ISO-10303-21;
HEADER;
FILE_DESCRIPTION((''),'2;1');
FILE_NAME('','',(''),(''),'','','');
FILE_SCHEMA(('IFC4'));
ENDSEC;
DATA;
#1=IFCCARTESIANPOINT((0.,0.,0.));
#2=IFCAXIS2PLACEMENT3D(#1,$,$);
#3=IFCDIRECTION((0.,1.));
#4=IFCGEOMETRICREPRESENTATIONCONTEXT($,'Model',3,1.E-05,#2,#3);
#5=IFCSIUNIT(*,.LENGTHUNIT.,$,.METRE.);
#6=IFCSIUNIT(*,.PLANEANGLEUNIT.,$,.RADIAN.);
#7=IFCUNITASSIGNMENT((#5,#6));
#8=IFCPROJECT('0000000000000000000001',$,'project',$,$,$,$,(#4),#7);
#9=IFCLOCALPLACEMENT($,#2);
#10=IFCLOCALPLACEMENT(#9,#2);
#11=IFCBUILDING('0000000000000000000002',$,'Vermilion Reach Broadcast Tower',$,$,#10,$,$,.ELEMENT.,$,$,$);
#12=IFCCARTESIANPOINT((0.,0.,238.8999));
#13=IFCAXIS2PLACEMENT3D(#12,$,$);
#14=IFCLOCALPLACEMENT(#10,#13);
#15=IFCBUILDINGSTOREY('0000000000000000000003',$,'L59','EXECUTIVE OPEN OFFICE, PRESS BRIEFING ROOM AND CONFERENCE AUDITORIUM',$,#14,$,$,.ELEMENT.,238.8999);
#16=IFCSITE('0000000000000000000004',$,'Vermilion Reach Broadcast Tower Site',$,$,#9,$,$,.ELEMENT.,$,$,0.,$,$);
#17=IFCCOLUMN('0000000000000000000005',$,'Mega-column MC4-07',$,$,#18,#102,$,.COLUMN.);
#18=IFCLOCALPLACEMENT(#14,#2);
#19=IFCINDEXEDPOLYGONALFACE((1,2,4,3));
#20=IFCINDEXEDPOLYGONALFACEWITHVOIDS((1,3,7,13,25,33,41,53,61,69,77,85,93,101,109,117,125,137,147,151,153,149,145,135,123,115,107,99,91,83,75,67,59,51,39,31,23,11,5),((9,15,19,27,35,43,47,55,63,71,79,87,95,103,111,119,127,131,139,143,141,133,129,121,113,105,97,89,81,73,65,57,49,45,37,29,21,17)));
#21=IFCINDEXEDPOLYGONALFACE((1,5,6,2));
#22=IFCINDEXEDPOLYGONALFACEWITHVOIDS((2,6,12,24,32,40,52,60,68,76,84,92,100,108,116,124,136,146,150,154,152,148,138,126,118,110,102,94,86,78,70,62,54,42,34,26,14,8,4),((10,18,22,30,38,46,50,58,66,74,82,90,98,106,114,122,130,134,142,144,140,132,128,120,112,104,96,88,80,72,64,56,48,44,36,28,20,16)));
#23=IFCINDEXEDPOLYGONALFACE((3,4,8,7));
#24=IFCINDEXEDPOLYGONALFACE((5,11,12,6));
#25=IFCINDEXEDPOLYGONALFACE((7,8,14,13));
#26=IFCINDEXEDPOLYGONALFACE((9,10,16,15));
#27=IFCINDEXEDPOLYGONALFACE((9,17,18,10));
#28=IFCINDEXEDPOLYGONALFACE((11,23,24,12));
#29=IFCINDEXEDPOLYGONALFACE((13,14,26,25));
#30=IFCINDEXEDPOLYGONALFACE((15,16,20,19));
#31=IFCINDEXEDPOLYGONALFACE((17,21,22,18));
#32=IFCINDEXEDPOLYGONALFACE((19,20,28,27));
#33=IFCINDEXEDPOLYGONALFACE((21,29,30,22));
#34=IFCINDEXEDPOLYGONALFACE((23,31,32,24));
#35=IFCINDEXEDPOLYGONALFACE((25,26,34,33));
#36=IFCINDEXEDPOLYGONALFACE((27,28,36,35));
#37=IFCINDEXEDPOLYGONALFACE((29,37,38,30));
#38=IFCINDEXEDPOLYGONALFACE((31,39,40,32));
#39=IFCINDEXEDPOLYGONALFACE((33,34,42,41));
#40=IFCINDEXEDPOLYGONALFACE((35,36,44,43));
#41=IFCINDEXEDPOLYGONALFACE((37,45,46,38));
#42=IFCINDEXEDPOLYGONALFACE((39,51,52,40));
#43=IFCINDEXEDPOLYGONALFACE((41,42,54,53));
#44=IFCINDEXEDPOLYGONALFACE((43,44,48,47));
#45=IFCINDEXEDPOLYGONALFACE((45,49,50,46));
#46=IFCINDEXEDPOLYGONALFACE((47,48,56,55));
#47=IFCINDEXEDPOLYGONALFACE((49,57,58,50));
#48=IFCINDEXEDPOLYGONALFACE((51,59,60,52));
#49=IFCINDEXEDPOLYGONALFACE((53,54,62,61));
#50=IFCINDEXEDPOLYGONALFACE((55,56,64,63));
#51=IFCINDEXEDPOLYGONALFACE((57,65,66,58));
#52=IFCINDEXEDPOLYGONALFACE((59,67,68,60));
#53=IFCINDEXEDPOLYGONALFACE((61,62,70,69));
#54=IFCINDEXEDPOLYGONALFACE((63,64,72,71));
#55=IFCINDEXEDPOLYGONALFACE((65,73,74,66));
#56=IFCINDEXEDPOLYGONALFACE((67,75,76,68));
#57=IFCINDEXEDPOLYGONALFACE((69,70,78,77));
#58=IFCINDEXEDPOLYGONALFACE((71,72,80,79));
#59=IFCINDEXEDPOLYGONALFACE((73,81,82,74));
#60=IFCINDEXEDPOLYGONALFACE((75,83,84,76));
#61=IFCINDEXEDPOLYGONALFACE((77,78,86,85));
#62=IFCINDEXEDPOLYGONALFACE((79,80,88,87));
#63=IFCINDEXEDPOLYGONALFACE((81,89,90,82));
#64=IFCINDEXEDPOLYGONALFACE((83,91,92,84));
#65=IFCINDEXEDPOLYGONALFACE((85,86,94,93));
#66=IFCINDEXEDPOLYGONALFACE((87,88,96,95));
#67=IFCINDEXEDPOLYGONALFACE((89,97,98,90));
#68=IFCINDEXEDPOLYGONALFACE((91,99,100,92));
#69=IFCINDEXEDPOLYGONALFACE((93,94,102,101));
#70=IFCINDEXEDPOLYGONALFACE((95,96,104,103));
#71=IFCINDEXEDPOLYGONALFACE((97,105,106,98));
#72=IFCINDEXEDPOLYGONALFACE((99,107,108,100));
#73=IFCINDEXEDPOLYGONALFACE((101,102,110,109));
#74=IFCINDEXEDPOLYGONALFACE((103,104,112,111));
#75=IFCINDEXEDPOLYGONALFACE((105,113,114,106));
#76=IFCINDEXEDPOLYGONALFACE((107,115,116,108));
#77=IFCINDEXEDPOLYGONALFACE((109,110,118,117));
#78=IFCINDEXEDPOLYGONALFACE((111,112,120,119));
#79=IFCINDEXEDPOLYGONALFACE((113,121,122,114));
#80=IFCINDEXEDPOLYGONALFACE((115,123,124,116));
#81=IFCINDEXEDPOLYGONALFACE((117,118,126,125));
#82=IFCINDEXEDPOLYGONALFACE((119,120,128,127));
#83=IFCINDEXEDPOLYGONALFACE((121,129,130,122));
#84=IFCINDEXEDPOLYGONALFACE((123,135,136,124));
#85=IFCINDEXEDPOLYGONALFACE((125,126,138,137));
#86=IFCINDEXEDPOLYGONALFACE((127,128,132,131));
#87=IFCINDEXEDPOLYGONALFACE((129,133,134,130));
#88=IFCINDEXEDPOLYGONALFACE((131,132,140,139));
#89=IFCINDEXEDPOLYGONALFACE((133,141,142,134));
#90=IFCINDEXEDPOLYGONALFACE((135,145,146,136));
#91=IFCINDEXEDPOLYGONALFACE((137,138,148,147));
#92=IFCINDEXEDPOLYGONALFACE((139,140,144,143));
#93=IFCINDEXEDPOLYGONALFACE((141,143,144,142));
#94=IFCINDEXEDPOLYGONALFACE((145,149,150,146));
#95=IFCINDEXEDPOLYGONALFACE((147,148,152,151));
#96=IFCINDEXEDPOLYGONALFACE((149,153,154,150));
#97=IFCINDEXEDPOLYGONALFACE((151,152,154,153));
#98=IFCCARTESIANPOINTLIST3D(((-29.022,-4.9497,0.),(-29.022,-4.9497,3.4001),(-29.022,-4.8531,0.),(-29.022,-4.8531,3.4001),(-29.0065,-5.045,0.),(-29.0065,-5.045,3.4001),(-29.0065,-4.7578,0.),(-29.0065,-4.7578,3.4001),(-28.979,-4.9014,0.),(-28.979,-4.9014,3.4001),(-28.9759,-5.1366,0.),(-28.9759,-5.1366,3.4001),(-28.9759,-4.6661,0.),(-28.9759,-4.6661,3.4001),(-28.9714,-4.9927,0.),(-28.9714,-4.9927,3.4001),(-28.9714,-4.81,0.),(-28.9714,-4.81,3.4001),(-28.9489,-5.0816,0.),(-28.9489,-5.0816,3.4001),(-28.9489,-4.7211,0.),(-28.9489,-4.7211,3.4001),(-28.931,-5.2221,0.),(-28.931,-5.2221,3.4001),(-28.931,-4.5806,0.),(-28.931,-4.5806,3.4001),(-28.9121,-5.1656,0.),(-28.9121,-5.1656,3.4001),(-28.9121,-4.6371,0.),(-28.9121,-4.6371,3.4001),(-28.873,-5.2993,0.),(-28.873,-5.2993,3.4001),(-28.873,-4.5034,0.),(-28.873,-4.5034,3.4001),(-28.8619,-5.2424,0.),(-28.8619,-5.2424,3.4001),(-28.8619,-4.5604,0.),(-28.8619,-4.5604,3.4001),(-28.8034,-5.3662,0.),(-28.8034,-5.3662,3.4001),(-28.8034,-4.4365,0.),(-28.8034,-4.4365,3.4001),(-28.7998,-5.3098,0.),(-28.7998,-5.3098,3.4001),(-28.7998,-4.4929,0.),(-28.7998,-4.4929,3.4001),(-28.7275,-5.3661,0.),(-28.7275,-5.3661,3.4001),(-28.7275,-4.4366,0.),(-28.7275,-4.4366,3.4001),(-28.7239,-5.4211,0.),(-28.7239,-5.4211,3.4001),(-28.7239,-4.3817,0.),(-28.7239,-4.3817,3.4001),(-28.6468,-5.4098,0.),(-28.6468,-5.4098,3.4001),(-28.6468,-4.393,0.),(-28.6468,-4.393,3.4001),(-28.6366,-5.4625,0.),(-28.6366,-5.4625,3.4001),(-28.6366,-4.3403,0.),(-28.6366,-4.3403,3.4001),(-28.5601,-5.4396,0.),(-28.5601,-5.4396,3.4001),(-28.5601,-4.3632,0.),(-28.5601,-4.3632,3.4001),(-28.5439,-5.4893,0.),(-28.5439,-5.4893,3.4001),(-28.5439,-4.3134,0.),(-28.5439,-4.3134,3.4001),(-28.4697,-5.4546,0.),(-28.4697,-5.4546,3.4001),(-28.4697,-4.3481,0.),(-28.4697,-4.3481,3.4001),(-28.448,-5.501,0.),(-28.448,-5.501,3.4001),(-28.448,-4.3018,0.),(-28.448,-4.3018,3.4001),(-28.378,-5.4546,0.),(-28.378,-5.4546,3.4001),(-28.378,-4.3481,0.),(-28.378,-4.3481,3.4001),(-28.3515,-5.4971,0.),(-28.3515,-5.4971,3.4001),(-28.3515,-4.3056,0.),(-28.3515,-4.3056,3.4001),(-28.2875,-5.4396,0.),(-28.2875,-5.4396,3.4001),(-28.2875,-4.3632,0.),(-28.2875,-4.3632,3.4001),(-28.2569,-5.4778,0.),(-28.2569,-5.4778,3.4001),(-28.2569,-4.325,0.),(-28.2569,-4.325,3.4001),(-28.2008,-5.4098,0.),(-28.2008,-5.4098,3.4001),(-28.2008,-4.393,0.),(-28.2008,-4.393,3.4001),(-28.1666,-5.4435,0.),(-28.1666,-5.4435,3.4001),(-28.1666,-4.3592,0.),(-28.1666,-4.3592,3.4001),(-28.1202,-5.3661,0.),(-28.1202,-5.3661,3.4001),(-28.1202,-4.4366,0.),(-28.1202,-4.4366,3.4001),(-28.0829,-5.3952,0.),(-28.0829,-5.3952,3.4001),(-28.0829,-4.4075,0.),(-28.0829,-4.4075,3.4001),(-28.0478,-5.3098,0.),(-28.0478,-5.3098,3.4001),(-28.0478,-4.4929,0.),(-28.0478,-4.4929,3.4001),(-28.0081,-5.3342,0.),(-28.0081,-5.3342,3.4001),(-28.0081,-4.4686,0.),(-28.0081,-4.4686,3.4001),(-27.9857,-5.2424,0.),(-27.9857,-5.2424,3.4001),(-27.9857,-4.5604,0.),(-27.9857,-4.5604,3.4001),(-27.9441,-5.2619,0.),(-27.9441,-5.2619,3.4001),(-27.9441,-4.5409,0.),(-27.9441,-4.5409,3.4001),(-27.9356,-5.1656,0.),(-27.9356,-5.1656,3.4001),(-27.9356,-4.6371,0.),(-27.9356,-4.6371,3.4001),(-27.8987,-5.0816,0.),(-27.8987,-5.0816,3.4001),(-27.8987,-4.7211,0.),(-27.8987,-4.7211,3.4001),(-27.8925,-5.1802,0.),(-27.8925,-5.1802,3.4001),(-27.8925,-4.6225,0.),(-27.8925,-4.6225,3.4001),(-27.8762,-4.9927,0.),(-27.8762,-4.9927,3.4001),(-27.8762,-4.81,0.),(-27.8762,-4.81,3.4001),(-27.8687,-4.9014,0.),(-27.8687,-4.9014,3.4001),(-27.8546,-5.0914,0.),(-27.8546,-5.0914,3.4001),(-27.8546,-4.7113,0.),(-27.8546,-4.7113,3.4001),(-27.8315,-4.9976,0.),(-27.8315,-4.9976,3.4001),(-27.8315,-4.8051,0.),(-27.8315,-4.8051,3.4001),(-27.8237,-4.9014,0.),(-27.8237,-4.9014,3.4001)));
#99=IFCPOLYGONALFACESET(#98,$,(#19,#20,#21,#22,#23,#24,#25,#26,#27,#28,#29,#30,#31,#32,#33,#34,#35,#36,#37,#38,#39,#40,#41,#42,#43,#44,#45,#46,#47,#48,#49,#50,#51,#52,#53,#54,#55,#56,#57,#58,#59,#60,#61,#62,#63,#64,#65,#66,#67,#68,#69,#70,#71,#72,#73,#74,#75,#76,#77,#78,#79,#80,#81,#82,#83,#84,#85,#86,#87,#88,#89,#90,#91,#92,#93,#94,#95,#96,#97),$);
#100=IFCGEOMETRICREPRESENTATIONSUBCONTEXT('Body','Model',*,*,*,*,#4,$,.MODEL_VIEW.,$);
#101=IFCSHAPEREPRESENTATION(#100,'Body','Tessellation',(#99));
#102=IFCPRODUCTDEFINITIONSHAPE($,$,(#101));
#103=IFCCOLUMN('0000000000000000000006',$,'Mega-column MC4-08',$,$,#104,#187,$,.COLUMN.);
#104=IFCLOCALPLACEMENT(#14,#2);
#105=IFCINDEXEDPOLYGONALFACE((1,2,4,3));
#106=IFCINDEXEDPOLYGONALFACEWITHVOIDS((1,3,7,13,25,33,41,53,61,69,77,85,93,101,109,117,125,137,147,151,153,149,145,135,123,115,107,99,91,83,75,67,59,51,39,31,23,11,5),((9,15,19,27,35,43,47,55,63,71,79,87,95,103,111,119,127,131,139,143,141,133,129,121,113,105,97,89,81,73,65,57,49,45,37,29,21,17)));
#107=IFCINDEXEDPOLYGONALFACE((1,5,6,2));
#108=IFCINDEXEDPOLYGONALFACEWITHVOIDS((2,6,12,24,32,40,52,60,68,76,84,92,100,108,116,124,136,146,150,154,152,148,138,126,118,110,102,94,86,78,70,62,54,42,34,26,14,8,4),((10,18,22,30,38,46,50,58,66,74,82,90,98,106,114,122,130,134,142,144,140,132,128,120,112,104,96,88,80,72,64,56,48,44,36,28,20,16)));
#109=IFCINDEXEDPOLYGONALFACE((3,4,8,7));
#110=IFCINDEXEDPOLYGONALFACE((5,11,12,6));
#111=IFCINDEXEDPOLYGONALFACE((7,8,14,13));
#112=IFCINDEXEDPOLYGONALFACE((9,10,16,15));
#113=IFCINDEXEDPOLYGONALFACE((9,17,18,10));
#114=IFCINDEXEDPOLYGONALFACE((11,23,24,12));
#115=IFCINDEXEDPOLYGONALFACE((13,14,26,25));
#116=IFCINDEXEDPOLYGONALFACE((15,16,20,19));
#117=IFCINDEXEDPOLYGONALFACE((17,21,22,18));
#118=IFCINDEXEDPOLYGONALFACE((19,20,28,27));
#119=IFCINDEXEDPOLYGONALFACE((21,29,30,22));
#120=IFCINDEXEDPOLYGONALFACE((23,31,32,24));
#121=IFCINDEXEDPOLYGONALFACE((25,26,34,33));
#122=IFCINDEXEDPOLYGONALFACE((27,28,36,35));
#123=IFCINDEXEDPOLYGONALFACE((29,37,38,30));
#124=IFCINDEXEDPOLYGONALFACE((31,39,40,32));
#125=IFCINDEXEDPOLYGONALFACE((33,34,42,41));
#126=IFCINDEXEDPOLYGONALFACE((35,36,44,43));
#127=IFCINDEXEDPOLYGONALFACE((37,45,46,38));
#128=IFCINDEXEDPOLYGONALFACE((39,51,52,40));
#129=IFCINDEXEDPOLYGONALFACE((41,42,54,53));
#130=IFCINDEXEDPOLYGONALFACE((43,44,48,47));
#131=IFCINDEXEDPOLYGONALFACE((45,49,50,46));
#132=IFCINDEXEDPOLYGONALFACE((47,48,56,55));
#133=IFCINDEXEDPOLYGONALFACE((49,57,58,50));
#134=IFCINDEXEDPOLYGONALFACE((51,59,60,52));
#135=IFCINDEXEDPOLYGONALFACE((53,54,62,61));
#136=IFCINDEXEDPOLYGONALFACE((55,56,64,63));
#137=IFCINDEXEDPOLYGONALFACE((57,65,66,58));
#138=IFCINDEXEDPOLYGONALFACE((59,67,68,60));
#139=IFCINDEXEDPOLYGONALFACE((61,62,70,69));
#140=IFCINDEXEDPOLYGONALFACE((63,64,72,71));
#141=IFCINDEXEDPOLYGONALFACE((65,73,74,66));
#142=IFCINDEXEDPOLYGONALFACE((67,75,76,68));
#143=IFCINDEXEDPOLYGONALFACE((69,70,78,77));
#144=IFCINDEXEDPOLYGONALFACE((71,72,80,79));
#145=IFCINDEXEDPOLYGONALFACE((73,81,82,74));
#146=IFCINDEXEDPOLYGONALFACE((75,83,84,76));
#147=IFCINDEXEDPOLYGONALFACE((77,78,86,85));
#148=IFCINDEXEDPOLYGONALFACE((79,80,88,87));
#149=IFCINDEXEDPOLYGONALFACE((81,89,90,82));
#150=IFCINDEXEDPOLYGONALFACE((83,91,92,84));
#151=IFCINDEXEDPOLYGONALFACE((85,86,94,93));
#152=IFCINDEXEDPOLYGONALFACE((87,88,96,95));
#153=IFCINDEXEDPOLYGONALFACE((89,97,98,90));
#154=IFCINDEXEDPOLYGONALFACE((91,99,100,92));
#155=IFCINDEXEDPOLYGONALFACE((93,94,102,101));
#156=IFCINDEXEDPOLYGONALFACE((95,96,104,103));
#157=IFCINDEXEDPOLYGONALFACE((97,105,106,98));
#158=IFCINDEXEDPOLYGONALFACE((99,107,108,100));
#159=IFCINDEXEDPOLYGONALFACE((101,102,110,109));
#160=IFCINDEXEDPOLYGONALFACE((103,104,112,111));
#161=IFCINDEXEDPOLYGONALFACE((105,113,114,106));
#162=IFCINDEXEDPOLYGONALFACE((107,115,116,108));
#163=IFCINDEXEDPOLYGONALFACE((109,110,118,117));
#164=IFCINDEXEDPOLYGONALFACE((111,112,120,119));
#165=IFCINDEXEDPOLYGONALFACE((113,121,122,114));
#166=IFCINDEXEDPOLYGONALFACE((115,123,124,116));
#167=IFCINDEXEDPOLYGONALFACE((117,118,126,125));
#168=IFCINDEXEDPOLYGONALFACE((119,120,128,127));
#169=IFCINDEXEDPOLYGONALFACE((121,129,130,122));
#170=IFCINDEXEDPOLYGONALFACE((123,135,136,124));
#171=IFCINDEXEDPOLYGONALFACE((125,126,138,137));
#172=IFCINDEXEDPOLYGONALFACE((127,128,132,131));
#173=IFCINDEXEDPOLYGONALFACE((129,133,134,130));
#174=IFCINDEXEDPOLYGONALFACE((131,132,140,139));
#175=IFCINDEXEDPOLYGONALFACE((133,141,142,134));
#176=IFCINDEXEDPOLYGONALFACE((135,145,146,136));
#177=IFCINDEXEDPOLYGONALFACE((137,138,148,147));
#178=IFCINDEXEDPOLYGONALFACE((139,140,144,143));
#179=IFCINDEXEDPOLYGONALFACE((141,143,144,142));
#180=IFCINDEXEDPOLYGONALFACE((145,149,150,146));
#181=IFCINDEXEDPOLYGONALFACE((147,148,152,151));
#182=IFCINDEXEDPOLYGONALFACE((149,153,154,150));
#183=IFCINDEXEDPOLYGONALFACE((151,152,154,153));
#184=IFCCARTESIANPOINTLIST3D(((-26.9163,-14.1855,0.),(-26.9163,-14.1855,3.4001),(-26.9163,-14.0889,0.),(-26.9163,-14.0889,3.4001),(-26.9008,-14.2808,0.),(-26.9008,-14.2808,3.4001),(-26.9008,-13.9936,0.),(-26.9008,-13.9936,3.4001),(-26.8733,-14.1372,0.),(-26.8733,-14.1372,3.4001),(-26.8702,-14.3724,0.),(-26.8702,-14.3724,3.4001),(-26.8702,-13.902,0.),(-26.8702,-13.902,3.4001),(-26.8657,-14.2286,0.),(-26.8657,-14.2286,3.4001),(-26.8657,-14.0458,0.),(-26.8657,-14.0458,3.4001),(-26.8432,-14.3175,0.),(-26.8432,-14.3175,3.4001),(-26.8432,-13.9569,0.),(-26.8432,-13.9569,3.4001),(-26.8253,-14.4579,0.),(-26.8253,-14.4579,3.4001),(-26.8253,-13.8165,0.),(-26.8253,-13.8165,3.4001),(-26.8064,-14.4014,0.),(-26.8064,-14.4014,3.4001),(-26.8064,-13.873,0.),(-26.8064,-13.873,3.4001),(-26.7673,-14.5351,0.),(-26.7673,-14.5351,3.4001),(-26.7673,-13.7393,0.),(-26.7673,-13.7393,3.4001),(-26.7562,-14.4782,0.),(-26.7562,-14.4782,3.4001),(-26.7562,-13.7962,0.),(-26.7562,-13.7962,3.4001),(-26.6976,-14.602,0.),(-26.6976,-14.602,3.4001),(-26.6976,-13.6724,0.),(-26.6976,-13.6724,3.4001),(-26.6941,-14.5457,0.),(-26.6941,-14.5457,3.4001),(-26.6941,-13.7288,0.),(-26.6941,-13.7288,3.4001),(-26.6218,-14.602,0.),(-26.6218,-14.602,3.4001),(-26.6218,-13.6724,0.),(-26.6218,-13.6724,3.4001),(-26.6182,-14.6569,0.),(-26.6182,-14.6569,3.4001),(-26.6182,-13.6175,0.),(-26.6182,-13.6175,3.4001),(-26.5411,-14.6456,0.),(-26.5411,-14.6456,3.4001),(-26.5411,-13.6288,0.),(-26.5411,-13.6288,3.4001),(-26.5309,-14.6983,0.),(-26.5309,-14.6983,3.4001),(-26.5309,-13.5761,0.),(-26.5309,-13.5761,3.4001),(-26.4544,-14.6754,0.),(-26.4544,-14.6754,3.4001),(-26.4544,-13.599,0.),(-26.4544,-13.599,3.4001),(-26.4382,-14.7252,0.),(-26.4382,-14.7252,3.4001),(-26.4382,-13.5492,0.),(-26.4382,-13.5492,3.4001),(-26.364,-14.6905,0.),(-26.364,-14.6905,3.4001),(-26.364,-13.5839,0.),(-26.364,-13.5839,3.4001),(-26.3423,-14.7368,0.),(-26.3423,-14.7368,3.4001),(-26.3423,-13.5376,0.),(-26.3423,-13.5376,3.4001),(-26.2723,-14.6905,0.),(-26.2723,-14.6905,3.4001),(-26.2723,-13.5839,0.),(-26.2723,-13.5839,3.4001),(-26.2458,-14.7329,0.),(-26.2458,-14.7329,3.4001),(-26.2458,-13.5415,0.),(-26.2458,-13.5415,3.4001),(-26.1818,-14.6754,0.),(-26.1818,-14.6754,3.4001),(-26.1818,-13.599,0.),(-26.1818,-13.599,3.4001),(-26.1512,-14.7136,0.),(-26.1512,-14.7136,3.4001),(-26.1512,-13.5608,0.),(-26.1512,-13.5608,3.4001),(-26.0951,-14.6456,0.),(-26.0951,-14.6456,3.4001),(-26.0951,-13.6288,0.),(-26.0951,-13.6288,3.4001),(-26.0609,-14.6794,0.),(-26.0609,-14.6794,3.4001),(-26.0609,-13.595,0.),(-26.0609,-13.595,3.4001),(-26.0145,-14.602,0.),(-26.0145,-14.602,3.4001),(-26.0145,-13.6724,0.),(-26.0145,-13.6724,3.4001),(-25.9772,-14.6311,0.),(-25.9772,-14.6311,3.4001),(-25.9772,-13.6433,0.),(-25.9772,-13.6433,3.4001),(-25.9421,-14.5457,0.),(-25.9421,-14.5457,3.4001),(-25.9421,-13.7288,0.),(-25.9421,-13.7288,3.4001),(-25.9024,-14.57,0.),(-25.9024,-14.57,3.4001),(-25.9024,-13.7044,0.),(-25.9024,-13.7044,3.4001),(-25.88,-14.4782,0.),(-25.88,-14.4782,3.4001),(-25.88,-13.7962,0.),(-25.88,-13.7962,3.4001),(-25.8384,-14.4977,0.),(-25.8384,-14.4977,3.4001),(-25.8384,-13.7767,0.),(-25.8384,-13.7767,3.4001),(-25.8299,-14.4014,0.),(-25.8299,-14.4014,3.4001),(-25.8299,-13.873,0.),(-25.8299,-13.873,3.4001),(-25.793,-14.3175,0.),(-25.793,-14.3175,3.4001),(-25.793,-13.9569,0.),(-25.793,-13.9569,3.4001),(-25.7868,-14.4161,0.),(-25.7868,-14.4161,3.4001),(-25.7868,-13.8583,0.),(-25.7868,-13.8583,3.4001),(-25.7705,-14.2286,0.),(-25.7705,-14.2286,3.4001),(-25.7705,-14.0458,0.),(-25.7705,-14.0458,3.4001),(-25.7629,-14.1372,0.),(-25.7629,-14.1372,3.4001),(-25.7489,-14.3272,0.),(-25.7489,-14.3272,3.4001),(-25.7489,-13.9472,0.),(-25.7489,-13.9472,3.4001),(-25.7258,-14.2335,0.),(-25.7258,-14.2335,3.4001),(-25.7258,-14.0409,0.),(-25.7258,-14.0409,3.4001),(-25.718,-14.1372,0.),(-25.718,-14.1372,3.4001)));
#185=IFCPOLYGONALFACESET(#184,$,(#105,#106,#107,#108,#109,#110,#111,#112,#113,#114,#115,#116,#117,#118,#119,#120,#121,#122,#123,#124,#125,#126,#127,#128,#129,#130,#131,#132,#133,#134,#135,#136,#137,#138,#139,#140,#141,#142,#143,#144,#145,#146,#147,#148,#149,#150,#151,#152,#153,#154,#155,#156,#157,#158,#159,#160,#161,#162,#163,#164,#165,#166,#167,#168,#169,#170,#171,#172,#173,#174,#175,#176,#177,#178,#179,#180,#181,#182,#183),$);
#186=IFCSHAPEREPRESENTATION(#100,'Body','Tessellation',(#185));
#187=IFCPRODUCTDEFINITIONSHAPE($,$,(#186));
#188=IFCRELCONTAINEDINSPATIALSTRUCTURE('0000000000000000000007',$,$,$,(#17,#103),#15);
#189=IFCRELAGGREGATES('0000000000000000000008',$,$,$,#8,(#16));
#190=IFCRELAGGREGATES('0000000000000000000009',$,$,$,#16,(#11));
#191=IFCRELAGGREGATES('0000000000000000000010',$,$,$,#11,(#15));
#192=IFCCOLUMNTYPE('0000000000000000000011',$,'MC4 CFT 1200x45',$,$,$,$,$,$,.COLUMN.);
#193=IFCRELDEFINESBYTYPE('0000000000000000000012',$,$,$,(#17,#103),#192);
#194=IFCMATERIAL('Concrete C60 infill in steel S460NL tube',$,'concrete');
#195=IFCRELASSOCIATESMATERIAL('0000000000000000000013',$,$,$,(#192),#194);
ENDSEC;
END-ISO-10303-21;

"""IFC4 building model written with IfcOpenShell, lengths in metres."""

from ifc_helpers import new_model, si_unit, direction, frame, origin, origin_2d, place, context, subcontext, project, spatial, hollow_circle, extrude, material, material_profile, profile_set, type_object, element, save


model = new_model("IFC4")

# Units and contexts
model_context = context("Model", 3, precision=1e-05, world=origin(), true_north=direction((0.0, 1.0)))
body_context = subcontext(model_context, "Body", "Model", "MODEL_VIEW")
ifc_project = project(units=[si_unit("LENGTHUNIT", "METRE"), si_unit("PLANEANGLEUNIT", "RADIAN")], contexts=[model_context])

# Site, building, storey
site_placement = place(None, origin())
site = spatial("IfcSite", under=ifc_project, at=site_placement, Name="Vermilion Reach Broadcast Tower Site", CompositionType="ELEMENT", RefElevation=0.0)
building_placement = place(site_placement, origin())
building = spatial("IfcBuilding", under=site, at=building_placement, Name="Vermilion Reach Broadcast Tower", CompositionType="ELEMENT")
storey_placement = place(building_placement, frame((0.0, 0.0, 238.8999)))
storey = spatial("IfcBuildingStorey", under=building, at=storey_placement, Name="L59", Description="EXECUTIVE OPEN OFFICE, PRESS BRIEFING ROOM AND CONFERENCE AUDITORIUM", CompositionType="ELEMENT", Elevation=238.8999)

# Columns
ifc_material_1 = material(Name="Concrete C60 infill in steel S460NL tube", Category="concrete")
ifc_material_profile_1 = material_profile(ifc_material_1, hollow_circle(Radius=0.6001, WallThickness=0.0449, at=origin_2d()), Name="Concrete C60 infill in steel S460NL tube CFT 1200x45")
ifc_profile_set_1 = profile_set([ifc_material_profile_1], Name="Concrete C60 infill in steel S460NL tube")
column_type = type_object("IfcColumnType", Name="MC4 CFT 1200x45", PredefinedType="COLUMN", material=ifc_profile_set_1)
for number, where, z_axis, x_axis, name in (
    (1, (-28.4238, -4.9014, 0.0), (0.0, 0.0, 1.0), (1.0, 0.0, 0.0), "Mega-column MC4-07"),
    (2, (-26.3181, -14.1372, 0.0), (0.0, 0.0, 1.0), (1.0, 0.0, 0.0), "Mega-column MC4-08"),
):
    element("IfcColumn", number, at=place(storey_placement, frame(where, z_axis=z_axis, x_axis=x_axis)), inside=storey, type_object=column_type, Name=name, PredefinedType="COLUMN", context=body_context, shape_type="SweptSolid", body=[
        extrude(hollow_circle(Radius=0.6001, WallThickness=0.0449, at=origin_2d()), origin(), (0.0, 0.0, 1.0), 3.4001),
    ])

save(model, "model.ifc")
